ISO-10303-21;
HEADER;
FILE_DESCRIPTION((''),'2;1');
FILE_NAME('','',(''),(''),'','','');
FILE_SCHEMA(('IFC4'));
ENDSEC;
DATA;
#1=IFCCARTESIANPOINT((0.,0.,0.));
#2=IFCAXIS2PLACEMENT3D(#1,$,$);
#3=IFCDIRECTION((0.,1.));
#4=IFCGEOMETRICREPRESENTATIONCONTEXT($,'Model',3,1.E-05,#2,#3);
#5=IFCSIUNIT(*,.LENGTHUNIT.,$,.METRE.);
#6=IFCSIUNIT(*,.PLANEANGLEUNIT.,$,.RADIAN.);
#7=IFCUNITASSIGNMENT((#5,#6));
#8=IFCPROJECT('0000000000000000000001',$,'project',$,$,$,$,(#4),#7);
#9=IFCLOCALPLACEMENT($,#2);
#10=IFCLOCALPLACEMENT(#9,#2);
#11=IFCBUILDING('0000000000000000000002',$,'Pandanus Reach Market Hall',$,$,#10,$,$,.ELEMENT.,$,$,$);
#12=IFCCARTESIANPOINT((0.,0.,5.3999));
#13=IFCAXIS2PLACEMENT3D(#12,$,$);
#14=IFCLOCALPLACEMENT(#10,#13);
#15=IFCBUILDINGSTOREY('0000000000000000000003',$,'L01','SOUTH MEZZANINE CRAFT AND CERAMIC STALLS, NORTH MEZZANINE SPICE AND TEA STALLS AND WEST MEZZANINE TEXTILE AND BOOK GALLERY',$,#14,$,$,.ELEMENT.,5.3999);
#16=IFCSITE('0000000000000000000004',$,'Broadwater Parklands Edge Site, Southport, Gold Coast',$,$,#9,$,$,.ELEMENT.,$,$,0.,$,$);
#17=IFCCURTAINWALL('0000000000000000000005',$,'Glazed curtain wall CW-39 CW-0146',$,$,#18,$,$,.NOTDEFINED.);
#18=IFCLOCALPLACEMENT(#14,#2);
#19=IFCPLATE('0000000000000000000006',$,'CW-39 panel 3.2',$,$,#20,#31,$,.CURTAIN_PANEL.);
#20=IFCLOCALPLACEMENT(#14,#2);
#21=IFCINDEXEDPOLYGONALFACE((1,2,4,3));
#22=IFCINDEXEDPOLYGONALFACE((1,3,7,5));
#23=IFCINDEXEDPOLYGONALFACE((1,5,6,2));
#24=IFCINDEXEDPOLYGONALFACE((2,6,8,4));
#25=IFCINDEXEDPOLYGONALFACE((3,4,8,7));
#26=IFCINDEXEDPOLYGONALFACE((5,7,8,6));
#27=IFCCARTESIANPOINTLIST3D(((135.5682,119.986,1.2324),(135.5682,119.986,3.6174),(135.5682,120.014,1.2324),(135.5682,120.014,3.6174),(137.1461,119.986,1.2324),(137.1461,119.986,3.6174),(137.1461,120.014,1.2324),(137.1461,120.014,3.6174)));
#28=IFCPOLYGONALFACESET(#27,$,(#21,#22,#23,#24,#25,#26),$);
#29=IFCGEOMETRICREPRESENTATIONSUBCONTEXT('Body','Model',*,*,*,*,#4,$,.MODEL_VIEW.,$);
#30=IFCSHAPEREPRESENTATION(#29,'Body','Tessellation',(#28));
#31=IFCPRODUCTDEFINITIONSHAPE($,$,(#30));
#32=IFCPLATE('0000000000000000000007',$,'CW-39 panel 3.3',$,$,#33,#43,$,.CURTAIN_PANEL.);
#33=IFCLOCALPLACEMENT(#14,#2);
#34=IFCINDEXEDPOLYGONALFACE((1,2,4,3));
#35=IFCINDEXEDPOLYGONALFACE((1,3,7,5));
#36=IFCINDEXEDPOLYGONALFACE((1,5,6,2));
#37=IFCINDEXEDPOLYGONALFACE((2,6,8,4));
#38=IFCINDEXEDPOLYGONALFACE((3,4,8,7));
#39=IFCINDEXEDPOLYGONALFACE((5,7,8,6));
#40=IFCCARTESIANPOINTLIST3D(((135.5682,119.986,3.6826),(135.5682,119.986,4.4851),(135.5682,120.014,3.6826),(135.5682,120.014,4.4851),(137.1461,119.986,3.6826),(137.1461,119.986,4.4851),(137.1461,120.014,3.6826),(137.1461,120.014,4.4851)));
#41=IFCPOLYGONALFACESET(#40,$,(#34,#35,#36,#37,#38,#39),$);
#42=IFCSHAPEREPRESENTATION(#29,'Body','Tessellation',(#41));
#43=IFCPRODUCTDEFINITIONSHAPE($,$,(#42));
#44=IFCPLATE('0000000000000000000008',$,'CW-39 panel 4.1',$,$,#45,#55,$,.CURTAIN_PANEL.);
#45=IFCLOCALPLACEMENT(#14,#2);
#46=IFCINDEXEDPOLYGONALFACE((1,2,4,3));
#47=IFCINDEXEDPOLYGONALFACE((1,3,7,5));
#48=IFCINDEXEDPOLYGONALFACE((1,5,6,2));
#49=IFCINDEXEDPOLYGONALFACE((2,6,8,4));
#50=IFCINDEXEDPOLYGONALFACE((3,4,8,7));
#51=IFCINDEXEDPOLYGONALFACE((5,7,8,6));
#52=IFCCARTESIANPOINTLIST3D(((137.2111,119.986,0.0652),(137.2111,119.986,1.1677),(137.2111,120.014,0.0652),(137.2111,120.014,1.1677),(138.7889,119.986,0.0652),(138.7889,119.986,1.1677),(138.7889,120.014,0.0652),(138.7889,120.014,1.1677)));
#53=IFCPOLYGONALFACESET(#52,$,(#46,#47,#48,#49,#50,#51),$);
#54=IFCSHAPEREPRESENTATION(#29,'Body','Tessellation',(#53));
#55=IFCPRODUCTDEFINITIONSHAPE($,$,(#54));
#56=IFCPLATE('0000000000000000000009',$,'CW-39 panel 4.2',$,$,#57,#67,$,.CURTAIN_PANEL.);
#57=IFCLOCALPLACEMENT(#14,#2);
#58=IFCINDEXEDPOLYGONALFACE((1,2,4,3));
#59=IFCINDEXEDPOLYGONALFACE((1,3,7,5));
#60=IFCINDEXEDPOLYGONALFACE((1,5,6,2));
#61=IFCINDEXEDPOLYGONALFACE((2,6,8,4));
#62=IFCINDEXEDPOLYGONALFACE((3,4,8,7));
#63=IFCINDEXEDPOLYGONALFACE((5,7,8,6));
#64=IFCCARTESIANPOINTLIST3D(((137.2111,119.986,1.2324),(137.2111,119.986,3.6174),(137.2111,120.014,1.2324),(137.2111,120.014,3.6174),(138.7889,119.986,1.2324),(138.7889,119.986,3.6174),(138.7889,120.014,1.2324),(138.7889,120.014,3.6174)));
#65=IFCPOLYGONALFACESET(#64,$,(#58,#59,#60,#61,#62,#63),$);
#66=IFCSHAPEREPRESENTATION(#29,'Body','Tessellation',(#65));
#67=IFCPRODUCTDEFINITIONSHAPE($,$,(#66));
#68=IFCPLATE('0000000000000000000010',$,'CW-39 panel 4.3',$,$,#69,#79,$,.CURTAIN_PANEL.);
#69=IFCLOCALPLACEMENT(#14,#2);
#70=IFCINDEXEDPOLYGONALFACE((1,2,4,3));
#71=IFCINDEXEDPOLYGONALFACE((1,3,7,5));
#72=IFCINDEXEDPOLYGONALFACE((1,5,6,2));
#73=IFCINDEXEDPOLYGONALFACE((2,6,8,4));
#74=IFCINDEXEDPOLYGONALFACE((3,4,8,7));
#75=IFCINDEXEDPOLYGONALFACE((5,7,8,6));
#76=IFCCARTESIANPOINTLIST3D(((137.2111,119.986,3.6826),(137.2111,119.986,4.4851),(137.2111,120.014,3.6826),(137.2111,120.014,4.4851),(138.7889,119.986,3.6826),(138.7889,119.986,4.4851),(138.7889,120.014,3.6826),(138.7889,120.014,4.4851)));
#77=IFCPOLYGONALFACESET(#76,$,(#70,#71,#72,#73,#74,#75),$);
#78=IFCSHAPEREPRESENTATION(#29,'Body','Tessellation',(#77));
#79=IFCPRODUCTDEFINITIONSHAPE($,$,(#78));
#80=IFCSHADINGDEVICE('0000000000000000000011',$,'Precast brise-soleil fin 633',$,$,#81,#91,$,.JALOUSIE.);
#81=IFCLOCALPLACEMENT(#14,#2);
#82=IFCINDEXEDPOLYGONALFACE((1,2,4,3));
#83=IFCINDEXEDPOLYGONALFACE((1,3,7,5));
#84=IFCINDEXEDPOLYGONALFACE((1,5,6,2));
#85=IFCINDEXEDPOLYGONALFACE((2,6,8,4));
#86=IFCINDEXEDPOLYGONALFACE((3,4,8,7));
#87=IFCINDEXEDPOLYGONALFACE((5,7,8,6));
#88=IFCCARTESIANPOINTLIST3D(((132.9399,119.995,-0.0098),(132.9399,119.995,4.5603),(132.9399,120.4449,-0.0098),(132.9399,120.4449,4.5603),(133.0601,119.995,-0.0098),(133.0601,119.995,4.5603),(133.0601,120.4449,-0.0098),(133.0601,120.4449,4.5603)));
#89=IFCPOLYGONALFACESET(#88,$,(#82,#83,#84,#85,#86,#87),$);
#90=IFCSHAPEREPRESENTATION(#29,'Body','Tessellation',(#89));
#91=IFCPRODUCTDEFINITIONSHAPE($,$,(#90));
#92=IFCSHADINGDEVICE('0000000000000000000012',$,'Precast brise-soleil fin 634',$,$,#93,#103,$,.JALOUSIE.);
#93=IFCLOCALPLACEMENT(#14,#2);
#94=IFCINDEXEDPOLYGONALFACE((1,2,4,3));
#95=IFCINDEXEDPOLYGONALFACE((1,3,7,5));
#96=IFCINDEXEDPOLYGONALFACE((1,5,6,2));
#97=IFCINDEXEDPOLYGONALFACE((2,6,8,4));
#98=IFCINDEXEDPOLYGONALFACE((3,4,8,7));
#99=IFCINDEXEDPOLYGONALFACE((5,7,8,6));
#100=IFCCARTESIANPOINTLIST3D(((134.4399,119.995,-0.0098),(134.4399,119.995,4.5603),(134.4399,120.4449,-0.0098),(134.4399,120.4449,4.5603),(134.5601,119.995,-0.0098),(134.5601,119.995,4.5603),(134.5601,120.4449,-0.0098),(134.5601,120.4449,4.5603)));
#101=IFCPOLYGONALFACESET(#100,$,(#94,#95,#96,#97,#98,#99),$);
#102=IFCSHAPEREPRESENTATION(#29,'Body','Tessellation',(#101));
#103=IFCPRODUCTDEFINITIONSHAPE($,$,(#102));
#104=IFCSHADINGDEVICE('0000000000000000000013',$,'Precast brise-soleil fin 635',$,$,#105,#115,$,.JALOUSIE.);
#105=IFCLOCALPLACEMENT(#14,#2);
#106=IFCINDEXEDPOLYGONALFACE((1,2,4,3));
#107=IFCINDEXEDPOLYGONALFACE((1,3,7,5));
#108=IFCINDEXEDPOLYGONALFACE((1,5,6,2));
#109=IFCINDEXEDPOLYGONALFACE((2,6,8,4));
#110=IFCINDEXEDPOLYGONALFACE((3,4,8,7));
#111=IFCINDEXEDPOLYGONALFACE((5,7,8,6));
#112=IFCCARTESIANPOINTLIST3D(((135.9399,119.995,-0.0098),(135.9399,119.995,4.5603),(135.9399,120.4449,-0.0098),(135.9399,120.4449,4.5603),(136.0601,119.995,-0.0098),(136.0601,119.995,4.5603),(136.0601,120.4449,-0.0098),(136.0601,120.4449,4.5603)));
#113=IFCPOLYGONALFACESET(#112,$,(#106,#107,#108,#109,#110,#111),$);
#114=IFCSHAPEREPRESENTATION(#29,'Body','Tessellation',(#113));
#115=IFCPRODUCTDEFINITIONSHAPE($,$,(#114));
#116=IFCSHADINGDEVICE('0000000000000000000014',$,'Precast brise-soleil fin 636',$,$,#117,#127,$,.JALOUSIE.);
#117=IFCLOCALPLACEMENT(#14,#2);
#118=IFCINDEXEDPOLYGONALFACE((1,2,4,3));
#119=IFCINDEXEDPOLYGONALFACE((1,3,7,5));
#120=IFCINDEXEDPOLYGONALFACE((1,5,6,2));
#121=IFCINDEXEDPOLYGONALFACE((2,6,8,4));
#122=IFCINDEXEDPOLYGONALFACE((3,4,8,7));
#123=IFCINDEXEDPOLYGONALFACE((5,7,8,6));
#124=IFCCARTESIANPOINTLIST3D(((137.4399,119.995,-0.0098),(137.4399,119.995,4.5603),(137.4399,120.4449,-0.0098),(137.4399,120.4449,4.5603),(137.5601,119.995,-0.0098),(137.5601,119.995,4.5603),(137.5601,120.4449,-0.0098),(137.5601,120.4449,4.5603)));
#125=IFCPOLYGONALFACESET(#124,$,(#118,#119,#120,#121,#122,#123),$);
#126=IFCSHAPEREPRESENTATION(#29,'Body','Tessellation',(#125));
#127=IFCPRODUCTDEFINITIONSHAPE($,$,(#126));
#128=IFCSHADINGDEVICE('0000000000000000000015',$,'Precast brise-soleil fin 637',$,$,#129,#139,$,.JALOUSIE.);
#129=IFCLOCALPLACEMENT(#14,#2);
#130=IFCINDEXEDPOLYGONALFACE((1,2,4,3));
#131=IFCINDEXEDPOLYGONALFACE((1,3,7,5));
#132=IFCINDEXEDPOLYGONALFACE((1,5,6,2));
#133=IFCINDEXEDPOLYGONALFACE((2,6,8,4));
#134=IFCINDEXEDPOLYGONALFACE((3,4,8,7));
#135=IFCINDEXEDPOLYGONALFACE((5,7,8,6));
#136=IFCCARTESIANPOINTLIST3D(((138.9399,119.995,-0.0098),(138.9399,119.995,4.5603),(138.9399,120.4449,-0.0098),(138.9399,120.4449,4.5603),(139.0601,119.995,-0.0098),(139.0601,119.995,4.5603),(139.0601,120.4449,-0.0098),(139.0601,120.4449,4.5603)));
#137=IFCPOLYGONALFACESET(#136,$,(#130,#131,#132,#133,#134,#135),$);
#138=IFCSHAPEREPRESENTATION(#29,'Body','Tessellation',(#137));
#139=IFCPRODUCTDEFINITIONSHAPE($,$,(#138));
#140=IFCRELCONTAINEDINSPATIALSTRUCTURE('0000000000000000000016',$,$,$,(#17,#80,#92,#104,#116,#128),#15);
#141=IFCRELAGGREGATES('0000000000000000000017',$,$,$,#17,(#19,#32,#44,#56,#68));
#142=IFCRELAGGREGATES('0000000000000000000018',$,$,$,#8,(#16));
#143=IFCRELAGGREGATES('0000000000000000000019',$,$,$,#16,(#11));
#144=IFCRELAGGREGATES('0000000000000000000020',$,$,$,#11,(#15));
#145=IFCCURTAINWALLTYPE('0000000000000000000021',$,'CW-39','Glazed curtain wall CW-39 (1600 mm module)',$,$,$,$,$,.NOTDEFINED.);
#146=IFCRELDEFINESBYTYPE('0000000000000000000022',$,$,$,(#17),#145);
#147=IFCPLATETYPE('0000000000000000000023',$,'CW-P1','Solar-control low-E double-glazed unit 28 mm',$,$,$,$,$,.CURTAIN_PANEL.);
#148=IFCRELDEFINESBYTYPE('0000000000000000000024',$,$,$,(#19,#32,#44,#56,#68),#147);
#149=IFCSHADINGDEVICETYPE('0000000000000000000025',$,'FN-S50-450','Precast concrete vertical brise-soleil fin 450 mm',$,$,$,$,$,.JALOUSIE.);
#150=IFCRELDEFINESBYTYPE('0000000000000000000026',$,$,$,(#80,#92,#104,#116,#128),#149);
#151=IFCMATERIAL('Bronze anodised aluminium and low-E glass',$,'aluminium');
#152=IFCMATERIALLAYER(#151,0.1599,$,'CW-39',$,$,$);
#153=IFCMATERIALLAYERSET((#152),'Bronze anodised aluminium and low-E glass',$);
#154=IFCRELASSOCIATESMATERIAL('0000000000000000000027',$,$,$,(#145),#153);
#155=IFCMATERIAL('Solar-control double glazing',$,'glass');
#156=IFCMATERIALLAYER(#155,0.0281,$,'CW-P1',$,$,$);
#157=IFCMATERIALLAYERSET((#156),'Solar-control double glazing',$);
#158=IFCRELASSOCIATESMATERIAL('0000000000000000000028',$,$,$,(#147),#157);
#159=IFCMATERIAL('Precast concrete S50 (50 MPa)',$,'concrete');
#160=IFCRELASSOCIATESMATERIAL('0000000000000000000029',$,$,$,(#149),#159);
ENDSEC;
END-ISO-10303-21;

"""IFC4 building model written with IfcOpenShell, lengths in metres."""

from ifc_helpers import new_model, si_unit, direction, frame, origin, origin_2d, place, context, subcontext, project, spatial, rectangle, extrude, material, layer, layer_set, type_object, element, aggregate, save


model = new_model("IFC4")

# Units and contexts
model_context = context("Model", 3, precision=1e-05, world=origin(), true_north=direction((0.0, 1.0)))
body_context = subcontext(model_context, "Body", "Model", "MODEL_VIEW")
ifc_project = project(units=[si_unit("LENGTHUNIT", "METRE"), si_unit("PLANEANGLEUNIT", "RADIAN")], contexts=[model_context])

# Site, building, storey
site_placement = place(None, origin())
site = spatial("IfcSite", under=ifc_project, at=site_placement, Name="Broadwater Parklands Edge Site, Southport, Gold Coast", CompositionType="ELEMENT", RefElevation=0.0)
building_placement = place(site_placement, origin())
building = spatial("IfcBuilding", under=site, at=building_placement, Name="Pandanus Reach Market Hall", CompositionType="ELEMENT")
storey_placement = place(building_placement, frame((0.0, 0.0, 5.3999)))
storey = spatial("IfcBuildingStorey", under=building, at=storey_placement, Name="L01", Description="SOUTH MEZZANINE CRAFT AND CERAMIC STALLS, NORTH MEZZANINE SPICE AND TEA STALLS AND WEST MEZZANINE TEXTILE AND BOOK GALLERY", CompositionType="ELEMENT", Elevation=5.3999)

# Curtain wall, plates
ifc_material_1 = material(Name="Bronze anodised aluminium and low-E glass", Category="aluminium")
ifc_layer_1 = layer(ifc_material_1, 0.1599, Name="CW-39")
ifc_layer_set_1 = layer_set([ifc_layer_1], Name="Bronze anodised aluminium and low-E glass")
curtain_wall_type = type_object("IfcCurtainWallType", Name="CW-39", Description="Glazed curtain wall CW-39 (1600 mm module)", PredefinedType="NOTDEFINED", material=ifc_layer_set_1)
curtain_wall_placement = place(storey_placement, origin())
curtain_wall = element("IfcCurtainWall", 1, at=curtain_wall_placement, inside=storey, type_object=curtain_wall_type, Name="Glazed curtain wall CW-39 CW-0146", PredefinedType="NOTDEFINED")
ifc_material_2 = material(Name="Solar-control double glazing", Category="glass")
ifc_layer_2 = layer(ifc_material_2, 0.0281, Name="CW-P1")
ifc_layer_set_2 = layer_set([ifc_layer_2], Name="Solar-control double glazing")
plate_type = type_object("IfcPlateType", Name="CW-P1", Description="Solar-control low-E double-glazed unit 28 mm", PredefinedType="CURTAIN_PANEL", material=ifc_layer_set_2)
plate_1_placement = place(storey_placement, frame((136.3572, 120.0, 1.2324), z_axis=(0.0, 0.0, 1.0), x_axis=(1.0, 0.0, 0.0)))
plate_1 = element("IfcPlate", 2, at=plate_1_placement, type_object=plate_type, Name="CW-39 panel 3.2", PredefinedType="CURTAIN_PANEL", context=body_context, shape_type="SweptSolid", body=[
    extrude(rectangle(XDim=1.5779, YDim=0.0281, at=origin_2d()), origin(), (0.0, 0.0, 1.0), 2.385),
])
plate_2_placement = place(storey_placement, frame((136.3572, 120.0, 3.6826), z_axis=(0.0, 0.0, 1.0), x_axis=(1.0, 0.0, 0.0)))
plate_2 = element("IfcPlate", 3, at=plate_2_placement, type_object=plate_type, Name="CW-39 panel 3.3", PredefinedType="CURTAIN_PANEL", context=body_context, shape_type="SweptSolid", body=[
    extrude(rectangle(XDim=1.5779, YDim=0.0281, at=origin_2d()), origin(), (0.0, 0.0, 1.0), 0.8025),
])
plate_3_placement = place(storey_placement, frame((138.0, 120.0, 0.0652), z_axis=(0.0, 0.0, 1.0), x_axis=(1.0, 0.0, 0.0)))
plate_3 = element("IfcPlate", 4, at=plate_3_placement, type_object=plate_type, Name="CW-39 panel 4.1", PredefinedType="CURTAIN_PANEL", context=body_context, shape_type="SweptSolid", body=[
    extrude(rectangle(XDim=1.5779, YDim=0.0281, at=origin_2d()), origin(), (0.0, 0.0, 1.0), 1.1025),
])
plate_4_placement = place(storey_placement, frame((138.0, 120.0, 1.2324), z_axis=(0.0, 0.0, 1.0), x_axis=(1.0, 0.0, 0.0)))
plate_4 = element("IfcPlate", 5, at=plate_4_placement, type_object=plate_type, Name="CW-39 panel 4.2", PredefinedType="CURTAIN_PANEL", context=body_context, shape_type="SweptSolid", body=[
    extrude(rectangle(XDim=1.5779, YDim=0.0281, at=origin_2d()), origin(), (0.0, 0.0, 1.0), 2.385),
])
plate_5_placement = place(storey_placement, frame((138.0, 120.0, 3.6826), z_axis=(0.0, 0.0, 1.0), x_axis=(1.0, 0.0, 0.0)))
plate_5 = element("IfcPlate", 6, at=plate_5_placement, type_object=plate_type, Name="CW-39 panel 4.3", PredefinedType="CURTAIN_PANEL", context=body_context, shape_type="SweptSolid", body=[
    extrude(rectangle(XDim=1.5779, YDim=0.0281, at=origin_2d()), origin(), (0.0, 0.0, 1.0), 0.8025),
])
aggregate(curtain_wall, [plate_1, plate_2, plate_3, plate_4, plate_5])

# Shading devices
ifc_material_3 = material(Name="Precast concrete S50 (50 MPa)", Category="concrete")
shading_device_type = type_object("IfcShadingDeviceType", Name="FN-S50-450", Description="Precast concrete vertical brise-soleil fin 450 mm", PredefinedType="JALOUSIE", material=ifc_material_3)
for number, where, z_axis, x_axis, name in (
    (7, (133.0, 120.22, -0.0098), (0.0, 0.0, 1.0), (0.0, 1.0, 0.0), "Precast brise-soleil fin 633"),
    (8, (134.5, 120.22, -0.0098), (0.0, 0.0, 1.0), (0.0, 1.0, 0.0), "Precast brise-soleil fin 634"),
    (9, (136.0, 120.22, -0.0098), (0.0, 0.0, 1.0), (0.0, 1.0, 0.0), "Precast brise-soleil fin 635"),
    (10, (137.5, 120.22, -0.0098), (0.0, 0.0, 1.0), (0.0, 1.0, 0.0), "Precast brise-soleil fin 636"),
    (11, (139.0, 120.22, -0.0098), (0.0, 0.0, 1.0), (0.0, 1.0, 0.0), "Precast brise-soleil fin 637"),
):
    element("IfcShadingDevice", number, at=place(storey_placement, frame(where, z_axis=z_axis, x_axis=x_axis)), inside=storey, type_object=shading_device_type, Name=name, PredefinedType="JALOUSIE", context=body_context, shape_type="SweptSolid", body=[
        extrude(rectangle(XDim=0.45, YDim=0.1201, at=origin_2d()), origin(), (0.0, 0.0, 1.0), 4.5701),
    ])

save(model, "model.ifc")
